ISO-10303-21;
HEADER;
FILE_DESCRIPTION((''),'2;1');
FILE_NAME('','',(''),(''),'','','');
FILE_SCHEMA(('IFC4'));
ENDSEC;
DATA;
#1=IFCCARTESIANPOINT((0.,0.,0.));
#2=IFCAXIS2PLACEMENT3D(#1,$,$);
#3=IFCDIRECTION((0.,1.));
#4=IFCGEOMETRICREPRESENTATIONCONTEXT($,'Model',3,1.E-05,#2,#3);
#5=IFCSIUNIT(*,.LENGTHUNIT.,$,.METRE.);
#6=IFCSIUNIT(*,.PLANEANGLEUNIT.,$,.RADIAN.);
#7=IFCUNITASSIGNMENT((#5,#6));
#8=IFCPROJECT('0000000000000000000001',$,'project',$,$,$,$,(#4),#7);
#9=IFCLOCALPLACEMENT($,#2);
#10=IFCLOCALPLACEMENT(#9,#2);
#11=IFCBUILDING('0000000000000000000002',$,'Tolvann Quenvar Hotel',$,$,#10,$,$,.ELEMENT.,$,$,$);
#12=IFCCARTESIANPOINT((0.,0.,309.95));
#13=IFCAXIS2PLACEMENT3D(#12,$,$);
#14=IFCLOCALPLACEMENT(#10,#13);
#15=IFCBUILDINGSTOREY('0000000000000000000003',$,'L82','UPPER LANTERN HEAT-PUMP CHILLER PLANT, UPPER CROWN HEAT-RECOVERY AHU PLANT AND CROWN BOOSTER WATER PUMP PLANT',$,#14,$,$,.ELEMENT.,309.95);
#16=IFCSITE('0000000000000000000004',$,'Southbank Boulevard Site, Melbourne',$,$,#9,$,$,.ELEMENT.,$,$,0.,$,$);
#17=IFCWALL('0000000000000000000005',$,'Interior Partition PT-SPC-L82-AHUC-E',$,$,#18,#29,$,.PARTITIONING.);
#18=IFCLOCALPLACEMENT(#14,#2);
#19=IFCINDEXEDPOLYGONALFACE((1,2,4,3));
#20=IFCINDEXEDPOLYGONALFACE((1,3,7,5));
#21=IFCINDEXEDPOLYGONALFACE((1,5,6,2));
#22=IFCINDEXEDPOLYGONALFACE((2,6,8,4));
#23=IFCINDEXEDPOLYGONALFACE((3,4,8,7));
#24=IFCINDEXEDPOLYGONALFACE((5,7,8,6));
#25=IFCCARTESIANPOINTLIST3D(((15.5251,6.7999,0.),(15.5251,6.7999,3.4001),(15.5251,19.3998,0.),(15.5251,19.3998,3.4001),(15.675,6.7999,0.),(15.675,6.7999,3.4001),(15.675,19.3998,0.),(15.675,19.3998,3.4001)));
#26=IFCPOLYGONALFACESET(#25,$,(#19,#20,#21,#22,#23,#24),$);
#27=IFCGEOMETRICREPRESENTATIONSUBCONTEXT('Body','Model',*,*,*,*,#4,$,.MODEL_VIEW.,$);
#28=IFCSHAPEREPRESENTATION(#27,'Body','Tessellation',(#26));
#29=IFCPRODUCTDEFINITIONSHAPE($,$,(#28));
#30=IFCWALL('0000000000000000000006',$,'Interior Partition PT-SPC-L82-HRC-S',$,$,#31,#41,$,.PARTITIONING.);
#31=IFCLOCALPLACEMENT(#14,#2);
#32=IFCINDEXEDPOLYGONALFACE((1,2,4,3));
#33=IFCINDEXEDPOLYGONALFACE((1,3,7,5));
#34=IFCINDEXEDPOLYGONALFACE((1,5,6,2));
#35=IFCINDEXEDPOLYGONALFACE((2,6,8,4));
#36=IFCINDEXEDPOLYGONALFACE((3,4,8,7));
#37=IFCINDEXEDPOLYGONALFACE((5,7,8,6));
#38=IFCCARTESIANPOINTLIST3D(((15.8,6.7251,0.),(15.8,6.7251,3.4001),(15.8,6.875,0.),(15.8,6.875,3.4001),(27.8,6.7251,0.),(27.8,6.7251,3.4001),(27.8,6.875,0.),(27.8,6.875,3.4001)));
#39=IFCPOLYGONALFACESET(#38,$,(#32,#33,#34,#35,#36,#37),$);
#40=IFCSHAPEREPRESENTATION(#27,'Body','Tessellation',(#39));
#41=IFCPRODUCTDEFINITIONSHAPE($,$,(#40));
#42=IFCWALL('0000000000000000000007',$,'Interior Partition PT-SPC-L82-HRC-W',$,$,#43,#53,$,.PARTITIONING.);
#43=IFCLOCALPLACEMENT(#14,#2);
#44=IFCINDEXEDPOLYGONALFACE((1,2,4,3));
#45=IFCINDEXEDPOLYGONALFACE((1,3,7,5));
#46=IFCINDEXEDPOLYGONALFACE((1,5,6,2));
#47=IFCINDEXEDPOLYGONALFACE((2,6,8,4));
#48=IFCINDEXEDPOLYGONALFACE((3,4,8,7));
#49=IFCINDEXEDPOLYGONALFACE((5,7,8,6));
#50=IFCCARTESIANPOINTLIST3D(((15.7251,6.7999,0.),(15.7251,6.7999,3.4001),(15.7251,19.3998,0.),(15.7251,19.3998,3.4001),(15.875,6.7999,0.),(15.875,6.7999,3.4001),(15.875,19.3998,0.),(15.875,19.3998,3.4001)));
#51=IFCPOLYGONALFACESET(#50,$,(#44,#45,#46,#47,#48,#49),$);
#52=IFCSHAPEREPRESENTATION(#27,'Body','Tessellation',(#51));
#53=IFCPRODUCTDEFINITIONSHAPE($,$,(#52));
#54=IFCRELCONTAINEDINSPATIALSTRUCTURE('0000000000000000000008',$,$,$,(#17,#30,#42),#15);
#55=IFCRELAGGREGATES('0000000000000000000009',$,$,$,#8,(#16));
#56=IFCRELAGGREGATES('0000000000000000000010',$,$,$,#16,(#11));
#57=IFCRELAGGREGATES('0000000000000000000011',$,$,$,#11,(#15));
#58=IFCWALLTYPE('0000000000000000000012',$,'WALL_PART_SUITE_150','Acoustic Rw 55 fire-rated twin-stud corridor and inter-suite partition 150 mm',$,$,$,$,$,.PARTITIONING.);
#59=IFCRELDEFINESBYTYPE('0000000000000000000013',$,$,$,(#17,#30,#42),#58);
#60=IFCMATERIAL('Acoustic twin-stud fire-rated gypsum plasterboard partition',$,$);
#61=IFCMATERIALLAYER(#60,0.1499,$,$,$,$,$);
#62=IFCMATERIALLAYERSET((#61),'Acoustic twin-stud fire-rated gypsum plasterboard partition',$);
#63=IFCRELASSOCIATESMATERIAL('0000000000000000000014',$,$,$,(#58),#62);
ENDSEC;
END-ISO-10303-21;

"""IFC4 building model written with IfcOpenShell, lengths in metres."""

from ifc_helpers import new_model, si_unit, direction, frame, frame_2d, origin, place, context, subcontext, project, spatial, rectangle, extrude, material, layer, layer_set, type_object, element, save


model = new_model("IFC4")

# Units and contexts
model_context = context("Model", 3, precision=1e-05, world=origin(), true_north=direction((0.0, 1.0)))
body_context = subcontext(model_context, "Body", "Model", "MODEL_VIEW")
ifc_project = project(units=[si_unit("LENGTHUNIT", "METRE"), si_unit("PLANEANGLEUNIT", "RADIAN")], contexts=[model_context])

# Site, building, storey
site_placement = place(None, origin())
site = spatial("IfcSite", under=ifc_project, at=site_placement, Name="Southbank Boulevard Site, Melbourne", CompositionType="ELEMENT", RefElevation=0.0)
building_placement = place(site_placement, origin())
building = spatial("IfcBuilding", under=site, at=building_placement, Name="Tolvann Quenvar Hotel", CompositionType="ELEMENT")
storey_placement = place(building_placement, frame((0.0, 0.0, 309.95)))
storey = spatial("IfcBuildingStorey", under=building, at=storey_placement, Name="L82", Description="UPPER LANTERN HEAT-PUMP CHILLER PLANT, UPPER CROWN HEAT-RECOVERY AHU PLANT AND CROWN BOOSTER WATER PUMP PLANT", CompositionType="ELEMENT", Elevation=309.95)

# Walls
ifc_material_1 = material(Name="Acoustic twin-stud fire-rated gypsum plasterboard partition")
ifc_layer_1 = layer(ifc_material_1, 0.1499)
ifc_layer_set_1 = layer_set([ifc_layer_1], Name="Acoustic twin-stud fire-rated gypsum plasterboard partition")
wall_type = type_object("IfcWallType", Name="WALL_PART_SUITE_150", Description="Acoustic Rw 55 fire-rated twin-stud corridor and inter-suite partition 150 mm", PredefinedType="PARTITIONING", material=ifc_layer_set_1)
wall_1_placement = place(storey_placement, frame((15.6001, 6.8, 0.0), z_axis=(0.0, 0.0, 1.0), x_axis=(0.0, 1.0, 0.0)))
element("IfcWall", 1, at=wall_1_placement, inside=storey, type_object=wall_type, Name="Interior Partition PT-SPC-L82-AHUC-E", PredefinedType="PARTITIONING", context=body_context, shape_type="SweptSolid", body=[
    extrude(rectangle(XDim=12.5999, YDim=0.1499, at=frame_2d((6.2998, 0.0))), origin(), (0.0, 0.0, 1.0), 3.4001),
])
wall_2_placement = place(storey_placement, frame((15.8, 6.8, 0.0), z_axis=(0.0, 0.0, 1.0), x_axis=(1.0, 0.0, 0.0)))
element("IfcWall", 2, at=wall_2_placement, inside=storey, type_object=wall_type, Name="Interior Partition PT-SPC-L82-HRC-S", PredefinedType="PARTITIONING", context=body_context, shape_type="SweptSolid", body=[
    extrude(rectangle(XDim=12.0, YDim=0.1499, at=frame_2d((6.0, 0.0))), origin(), (0.0, 0.0, 1.0), 3.4001),
])
wall_3_placement = place(storey_placement, frame((15.8, 6.8, 0.0), z_axis=(0.0, 0.0, 1.0), x_axis=(0.0, 1.0, 0.0)))
element("IfcWall", 3, at=wall_3_placement, inside=storey, type_object=wall_type, Name="Interior Partition PT-SPC-L82-HRC-W", PredefinedType="PARTITIONING", context=body_context, shape_type="SweptSolid", body=[
    extrude(rectangle(XDim=12.5999, YDim=0.1499, at=frame_2d((6.2998, 0.0))), origin(), (0.0, 0.0, 1.0), 3.4001),
])

save(model, "model.ifc")
